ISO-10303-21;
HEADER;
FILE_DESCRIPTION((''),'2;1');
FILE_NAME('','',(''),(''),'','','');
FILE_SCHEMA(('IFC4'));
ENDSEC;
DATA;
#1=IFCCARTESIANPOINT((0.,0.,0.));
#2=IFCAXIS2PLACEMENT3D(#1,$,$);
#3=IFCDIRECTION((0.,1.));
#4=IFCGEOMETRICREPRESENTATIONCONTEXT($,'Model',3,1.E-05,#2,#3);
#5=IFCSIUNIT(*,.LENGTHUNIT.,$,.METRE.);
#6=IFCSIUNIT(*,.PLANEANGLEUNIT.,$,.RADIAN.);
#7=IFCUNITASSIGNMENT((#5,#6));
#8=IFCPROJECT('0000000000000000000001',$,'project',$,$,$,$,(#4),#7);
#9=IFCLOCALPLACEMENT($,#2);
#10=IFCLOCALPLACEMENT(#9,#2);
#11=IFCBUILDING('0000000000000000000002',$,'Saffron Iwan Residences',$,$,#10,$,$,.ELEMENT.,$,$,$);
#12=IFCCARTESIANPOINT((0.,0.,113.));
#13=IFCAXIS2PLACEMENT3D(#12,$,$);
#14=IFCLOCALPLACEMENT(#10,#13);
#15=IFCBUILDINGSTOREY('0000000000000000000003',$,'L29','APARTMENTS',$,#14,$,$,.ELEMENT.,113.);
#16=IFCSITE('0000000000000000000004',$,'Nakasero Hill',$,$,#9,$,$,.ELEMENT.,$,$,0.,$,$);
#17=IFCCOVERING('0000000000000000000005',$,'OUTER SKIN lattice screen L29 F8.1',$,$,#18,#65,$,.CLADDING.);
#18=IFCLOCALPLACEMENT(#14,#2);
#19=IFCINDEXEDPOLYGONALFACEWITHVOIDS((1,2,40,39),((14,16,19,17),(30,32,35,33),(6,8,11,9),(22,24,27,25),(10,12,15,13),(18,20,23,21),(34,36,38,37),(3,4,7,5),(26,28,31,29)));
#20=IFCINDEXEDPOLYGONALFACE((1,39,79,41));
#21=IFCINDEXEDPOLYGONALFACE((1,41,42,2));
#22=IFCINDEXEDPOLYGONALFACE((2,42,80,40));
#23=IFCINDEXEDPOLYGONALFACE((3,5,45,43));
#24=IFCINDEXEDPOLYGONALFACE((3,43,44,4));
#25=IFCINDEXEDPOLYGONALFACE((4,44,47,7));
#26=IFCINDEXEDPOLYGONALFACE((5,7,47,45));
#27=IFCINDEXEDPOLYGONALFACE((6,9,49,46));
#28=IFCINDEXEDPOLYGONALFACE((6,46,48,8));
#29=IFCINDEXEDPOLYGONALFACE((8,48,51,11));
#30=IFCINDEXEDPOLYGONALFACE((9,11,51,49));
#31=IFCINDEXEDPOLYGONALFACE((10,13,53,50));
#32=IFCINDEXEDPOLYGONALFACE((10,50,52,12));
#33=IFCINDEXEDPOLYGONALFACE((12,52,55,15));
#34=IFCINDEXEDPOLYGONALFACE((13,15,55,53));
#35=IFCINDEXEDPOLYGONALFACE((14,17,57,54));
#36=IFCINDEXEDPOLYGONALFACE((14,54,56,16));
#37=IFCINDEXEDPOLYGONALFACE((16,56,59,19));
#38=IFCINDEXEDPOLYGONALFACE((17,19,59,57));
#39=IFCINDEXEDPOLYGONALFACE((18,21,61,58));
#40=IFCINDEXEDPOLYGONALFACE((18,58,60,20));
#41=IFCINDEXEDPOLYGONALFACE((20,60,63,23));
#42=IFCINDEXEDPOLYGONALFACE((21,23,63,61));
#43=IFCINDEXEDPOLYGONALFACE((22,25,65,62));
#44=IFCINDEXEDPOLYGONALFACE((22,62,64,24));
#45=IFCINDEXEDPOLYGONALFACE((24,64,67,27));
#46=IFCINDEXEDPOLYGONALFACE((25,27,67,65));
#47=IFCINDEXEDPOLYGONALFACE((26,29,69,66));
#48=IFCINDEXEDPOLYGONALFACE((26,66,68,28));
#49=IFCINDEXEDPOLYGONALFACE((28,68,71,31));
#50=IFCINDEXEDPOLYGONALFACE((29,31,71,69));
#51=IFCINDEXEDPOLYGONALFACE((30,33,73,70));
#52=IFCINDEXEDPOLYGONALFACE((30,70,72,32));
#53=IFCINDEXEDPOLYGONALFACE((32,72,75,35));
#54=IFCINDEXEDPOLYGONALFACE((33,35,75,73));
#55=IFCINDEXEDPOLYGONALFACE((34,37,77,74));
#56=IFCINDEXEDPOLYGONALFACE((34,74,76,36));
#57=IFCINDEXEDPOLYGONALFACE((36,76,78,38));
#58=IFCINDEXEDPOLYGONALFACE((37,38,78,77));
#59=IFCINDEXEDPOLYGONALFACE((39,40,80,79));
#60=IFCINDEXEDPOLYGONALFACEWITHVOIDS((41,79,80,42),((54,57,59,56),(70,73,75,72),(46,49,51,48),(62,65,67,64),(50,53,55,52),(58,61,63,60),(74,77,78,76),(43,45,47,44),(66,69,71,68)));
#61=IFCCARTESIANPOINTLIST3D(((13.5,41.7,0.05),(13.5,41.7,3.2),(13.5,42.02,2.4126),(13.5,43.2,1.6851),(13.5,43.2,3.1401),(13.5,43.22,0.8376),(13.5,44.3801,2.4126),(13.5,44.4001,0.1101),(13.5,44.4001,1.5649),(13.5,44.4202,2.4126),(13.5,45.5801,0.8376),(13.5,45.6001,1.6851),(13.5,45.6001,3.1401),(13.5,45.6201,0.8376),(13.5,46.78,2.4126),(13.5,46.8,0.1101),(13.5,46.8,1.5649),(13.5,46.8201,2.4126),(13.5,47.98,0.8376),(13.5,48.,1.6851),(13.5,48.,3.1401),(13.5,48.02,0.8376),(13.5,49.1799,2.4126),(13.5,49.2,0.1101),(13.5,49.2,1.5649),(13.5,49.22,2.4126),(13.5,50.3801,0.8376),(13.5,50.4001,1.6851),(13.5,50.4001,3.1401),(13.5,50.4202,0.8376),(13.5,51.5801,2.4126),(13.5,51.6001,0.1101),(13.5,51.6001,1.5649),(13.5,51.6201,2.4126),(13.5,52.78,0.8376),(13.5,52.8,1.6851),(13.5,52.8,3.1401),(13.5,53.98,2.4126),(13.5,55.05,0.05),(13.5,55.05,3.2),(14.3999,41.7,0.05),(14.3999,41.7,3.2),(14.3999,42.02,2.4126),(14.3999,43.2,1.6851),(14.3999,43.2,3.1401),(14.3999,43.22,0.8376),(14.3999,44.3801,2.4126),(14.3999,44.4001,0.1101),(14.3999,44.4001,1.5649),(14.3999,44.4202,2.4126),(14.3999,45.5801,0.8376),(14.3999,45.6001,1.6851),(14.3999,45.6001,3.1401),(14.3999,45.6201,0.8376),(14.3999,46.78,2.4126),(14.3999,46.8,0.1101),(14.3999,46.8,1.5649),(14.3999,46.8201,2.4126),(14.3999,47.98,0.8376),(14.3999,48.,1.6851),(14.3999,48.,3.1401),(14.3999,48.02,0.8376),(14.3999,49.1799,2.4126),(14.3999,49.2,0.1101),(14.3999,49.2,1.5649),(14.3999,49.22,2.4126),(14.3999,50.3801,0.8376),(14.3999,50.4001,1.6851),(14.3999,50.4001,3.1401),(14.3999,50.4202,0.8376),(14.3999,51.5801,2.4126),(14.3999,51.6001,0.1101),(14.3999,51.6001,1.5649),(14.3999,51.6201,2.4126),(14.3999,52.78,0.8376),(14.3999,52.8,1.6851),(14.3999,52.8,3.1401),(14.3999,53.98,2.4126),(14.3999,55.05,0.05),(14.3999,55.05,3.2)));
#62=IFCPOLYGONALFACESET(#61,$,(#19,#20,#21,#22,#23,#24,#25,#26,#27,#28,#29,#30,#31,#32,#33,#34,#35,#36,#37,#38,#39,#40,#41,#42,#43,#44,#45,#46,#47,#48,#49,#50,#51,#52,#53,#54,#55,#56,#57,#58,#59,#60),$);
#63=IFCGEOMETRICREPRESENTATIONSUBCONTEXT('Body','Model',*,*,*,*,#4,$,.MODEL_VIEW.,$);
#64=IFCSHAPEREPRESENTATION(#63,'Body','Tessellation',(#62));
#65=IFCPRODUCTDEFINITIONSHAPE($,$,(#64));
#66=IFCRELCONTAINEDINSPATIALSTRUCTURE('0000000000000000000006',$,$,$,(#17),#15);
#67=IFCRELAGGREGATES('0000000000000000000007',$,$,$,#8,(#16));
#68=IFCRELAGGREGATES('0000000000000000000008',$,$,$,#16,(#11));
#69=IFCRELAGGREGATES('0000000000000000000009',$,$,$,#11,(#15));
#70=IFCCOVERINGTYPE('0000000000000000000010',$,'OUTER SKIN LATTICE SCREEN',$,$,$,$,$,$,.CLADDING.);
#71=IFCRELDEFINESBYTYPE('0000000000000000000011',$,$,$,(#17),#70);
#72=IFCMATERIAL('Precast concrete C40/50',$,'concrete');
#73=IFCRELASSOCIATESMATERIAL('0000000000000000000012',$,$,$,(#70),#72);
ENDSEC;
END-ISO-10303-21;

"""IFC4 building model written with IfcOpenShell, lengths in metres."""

from ifc_helpers import new_model, si_unit, direction, frame, origin, place, context, subcontext, project, spatial, polyline, outline, extrude, material, type_object, element, save


model = new_model("IFC4")

# Units and contexts
model_context = context("Model", 3, precision=1e-05, world=origin(), true_north=direction((0.0, 1.0)))
body_context = subcontext(model_context, "Body", "Model", "MODEL_VIEW")
ifc_project = project(units=[si_unit("LENGTHUNIT", "METRE"), si_unit("PLANEANGLEUNIT", "RADIAN")], contexts=[model_context])

# Site, building, storey
site_placement = place(None, origin())
site = spatial("IfcSite", under=ifc_project, at=site_placement, Name="Nakasero Hill", CompositionType="ELEMENT", RefElevation=0.0)
building_placement = place(site_placement, origin())
building = spatial("IfcBuilding", under=site, at=building_placement, Name="Saffron Iwan Residences", CompositionType="ELEMENT")
storey_placement = place(building_placement, frame((0.0, 0.0, 113.0)))
storey = spatial("IfcBuildingStorey", under=building, at=storey_placement, Name="L29", Description="APARTMENTS", CompositionType="ELEMENT", Elevation=113.0)

# Covering
ifc_material_1 = material(Name="Precast concrete C40/50", Category="concrete")
covering_type = type_object("IfcCoveringType", Name="OUTER SKIN LATTICE SCREEN", PredefinedType="CLADDING", material=ifc_material_1)
covering_placement = place(storey_placement, frame((14.3999, 55.05, 0.05), z_axis=(-1.0, 0.0, 0.0), x_axis=(0.0, -1.0, 0.0)))
element("IfcCovering", 1, at=covering_placement, inside=storey, type_object=covering_type, Name="OUTER SKIN lattice screen L29 F8.1", PredefinedType="CLADDING", context=body_context, shape_type="SweptSolid", body=[
    extrude(outline(polyline([(0.0, 0.0), (13.3501, 0.0), (13.3501, 3.1499), (0.0, 3.1499), (0.0, 0.0)]), holes=[polyline([(2.27, 0.7876), (3.45, 0.0601), (4.6299, 0.7876), (3.45, 1.5149), (2.27, 0.7876)]), polyline([(4.6699, 0.7876), (5.8501, 0.0601), (7.03, 0.7876), (5.8501, 1.5149), (4.6699, 0.7876)]), polyline([(7.0701, 0.7876), (8.25, 0.0601), (9.4299, 0.7876), (8.25, 1.5149), (7.0701, 0.7876)]), polyline([(9.47, 0.7876), (10.6499, 0.0601), (11.8301, 0.7876), (10.6499, 1.5149), (9.47, 0.7876)]), polyline([(1.0701, 2.3625), (2.25, 1.635), (3.4299, 2.3625), (2.25, 3.0901), (1.0701, 2.3625)]), polyline([(3.47, 2.3625), (4.6499, 1.635), (5.8301, 2.3625), (4.6499, 3.0901), (3.47, 2.3625)]), polyline([(5.8701, 2.3625), (7.05, 1.635), (8.23, 2.3625), (7.05, 3.0901), (5.8701, 2.3625)]), polyline([(8.27, 2.3625), (9.45, 1.635), (10.6299, 2.3625), (9.45, 3.0901), (8.27, 2.3625)]), polyline([(10.6699, 2.3625), (11.8501, 1.635), (13.03, 2.3625), (11.8501, 3.0901), (10.6699, 2.3625)])]), origin(), (0.0, 0.0, 1.0), 0.8999),
])

save(model, "model.ifc")
